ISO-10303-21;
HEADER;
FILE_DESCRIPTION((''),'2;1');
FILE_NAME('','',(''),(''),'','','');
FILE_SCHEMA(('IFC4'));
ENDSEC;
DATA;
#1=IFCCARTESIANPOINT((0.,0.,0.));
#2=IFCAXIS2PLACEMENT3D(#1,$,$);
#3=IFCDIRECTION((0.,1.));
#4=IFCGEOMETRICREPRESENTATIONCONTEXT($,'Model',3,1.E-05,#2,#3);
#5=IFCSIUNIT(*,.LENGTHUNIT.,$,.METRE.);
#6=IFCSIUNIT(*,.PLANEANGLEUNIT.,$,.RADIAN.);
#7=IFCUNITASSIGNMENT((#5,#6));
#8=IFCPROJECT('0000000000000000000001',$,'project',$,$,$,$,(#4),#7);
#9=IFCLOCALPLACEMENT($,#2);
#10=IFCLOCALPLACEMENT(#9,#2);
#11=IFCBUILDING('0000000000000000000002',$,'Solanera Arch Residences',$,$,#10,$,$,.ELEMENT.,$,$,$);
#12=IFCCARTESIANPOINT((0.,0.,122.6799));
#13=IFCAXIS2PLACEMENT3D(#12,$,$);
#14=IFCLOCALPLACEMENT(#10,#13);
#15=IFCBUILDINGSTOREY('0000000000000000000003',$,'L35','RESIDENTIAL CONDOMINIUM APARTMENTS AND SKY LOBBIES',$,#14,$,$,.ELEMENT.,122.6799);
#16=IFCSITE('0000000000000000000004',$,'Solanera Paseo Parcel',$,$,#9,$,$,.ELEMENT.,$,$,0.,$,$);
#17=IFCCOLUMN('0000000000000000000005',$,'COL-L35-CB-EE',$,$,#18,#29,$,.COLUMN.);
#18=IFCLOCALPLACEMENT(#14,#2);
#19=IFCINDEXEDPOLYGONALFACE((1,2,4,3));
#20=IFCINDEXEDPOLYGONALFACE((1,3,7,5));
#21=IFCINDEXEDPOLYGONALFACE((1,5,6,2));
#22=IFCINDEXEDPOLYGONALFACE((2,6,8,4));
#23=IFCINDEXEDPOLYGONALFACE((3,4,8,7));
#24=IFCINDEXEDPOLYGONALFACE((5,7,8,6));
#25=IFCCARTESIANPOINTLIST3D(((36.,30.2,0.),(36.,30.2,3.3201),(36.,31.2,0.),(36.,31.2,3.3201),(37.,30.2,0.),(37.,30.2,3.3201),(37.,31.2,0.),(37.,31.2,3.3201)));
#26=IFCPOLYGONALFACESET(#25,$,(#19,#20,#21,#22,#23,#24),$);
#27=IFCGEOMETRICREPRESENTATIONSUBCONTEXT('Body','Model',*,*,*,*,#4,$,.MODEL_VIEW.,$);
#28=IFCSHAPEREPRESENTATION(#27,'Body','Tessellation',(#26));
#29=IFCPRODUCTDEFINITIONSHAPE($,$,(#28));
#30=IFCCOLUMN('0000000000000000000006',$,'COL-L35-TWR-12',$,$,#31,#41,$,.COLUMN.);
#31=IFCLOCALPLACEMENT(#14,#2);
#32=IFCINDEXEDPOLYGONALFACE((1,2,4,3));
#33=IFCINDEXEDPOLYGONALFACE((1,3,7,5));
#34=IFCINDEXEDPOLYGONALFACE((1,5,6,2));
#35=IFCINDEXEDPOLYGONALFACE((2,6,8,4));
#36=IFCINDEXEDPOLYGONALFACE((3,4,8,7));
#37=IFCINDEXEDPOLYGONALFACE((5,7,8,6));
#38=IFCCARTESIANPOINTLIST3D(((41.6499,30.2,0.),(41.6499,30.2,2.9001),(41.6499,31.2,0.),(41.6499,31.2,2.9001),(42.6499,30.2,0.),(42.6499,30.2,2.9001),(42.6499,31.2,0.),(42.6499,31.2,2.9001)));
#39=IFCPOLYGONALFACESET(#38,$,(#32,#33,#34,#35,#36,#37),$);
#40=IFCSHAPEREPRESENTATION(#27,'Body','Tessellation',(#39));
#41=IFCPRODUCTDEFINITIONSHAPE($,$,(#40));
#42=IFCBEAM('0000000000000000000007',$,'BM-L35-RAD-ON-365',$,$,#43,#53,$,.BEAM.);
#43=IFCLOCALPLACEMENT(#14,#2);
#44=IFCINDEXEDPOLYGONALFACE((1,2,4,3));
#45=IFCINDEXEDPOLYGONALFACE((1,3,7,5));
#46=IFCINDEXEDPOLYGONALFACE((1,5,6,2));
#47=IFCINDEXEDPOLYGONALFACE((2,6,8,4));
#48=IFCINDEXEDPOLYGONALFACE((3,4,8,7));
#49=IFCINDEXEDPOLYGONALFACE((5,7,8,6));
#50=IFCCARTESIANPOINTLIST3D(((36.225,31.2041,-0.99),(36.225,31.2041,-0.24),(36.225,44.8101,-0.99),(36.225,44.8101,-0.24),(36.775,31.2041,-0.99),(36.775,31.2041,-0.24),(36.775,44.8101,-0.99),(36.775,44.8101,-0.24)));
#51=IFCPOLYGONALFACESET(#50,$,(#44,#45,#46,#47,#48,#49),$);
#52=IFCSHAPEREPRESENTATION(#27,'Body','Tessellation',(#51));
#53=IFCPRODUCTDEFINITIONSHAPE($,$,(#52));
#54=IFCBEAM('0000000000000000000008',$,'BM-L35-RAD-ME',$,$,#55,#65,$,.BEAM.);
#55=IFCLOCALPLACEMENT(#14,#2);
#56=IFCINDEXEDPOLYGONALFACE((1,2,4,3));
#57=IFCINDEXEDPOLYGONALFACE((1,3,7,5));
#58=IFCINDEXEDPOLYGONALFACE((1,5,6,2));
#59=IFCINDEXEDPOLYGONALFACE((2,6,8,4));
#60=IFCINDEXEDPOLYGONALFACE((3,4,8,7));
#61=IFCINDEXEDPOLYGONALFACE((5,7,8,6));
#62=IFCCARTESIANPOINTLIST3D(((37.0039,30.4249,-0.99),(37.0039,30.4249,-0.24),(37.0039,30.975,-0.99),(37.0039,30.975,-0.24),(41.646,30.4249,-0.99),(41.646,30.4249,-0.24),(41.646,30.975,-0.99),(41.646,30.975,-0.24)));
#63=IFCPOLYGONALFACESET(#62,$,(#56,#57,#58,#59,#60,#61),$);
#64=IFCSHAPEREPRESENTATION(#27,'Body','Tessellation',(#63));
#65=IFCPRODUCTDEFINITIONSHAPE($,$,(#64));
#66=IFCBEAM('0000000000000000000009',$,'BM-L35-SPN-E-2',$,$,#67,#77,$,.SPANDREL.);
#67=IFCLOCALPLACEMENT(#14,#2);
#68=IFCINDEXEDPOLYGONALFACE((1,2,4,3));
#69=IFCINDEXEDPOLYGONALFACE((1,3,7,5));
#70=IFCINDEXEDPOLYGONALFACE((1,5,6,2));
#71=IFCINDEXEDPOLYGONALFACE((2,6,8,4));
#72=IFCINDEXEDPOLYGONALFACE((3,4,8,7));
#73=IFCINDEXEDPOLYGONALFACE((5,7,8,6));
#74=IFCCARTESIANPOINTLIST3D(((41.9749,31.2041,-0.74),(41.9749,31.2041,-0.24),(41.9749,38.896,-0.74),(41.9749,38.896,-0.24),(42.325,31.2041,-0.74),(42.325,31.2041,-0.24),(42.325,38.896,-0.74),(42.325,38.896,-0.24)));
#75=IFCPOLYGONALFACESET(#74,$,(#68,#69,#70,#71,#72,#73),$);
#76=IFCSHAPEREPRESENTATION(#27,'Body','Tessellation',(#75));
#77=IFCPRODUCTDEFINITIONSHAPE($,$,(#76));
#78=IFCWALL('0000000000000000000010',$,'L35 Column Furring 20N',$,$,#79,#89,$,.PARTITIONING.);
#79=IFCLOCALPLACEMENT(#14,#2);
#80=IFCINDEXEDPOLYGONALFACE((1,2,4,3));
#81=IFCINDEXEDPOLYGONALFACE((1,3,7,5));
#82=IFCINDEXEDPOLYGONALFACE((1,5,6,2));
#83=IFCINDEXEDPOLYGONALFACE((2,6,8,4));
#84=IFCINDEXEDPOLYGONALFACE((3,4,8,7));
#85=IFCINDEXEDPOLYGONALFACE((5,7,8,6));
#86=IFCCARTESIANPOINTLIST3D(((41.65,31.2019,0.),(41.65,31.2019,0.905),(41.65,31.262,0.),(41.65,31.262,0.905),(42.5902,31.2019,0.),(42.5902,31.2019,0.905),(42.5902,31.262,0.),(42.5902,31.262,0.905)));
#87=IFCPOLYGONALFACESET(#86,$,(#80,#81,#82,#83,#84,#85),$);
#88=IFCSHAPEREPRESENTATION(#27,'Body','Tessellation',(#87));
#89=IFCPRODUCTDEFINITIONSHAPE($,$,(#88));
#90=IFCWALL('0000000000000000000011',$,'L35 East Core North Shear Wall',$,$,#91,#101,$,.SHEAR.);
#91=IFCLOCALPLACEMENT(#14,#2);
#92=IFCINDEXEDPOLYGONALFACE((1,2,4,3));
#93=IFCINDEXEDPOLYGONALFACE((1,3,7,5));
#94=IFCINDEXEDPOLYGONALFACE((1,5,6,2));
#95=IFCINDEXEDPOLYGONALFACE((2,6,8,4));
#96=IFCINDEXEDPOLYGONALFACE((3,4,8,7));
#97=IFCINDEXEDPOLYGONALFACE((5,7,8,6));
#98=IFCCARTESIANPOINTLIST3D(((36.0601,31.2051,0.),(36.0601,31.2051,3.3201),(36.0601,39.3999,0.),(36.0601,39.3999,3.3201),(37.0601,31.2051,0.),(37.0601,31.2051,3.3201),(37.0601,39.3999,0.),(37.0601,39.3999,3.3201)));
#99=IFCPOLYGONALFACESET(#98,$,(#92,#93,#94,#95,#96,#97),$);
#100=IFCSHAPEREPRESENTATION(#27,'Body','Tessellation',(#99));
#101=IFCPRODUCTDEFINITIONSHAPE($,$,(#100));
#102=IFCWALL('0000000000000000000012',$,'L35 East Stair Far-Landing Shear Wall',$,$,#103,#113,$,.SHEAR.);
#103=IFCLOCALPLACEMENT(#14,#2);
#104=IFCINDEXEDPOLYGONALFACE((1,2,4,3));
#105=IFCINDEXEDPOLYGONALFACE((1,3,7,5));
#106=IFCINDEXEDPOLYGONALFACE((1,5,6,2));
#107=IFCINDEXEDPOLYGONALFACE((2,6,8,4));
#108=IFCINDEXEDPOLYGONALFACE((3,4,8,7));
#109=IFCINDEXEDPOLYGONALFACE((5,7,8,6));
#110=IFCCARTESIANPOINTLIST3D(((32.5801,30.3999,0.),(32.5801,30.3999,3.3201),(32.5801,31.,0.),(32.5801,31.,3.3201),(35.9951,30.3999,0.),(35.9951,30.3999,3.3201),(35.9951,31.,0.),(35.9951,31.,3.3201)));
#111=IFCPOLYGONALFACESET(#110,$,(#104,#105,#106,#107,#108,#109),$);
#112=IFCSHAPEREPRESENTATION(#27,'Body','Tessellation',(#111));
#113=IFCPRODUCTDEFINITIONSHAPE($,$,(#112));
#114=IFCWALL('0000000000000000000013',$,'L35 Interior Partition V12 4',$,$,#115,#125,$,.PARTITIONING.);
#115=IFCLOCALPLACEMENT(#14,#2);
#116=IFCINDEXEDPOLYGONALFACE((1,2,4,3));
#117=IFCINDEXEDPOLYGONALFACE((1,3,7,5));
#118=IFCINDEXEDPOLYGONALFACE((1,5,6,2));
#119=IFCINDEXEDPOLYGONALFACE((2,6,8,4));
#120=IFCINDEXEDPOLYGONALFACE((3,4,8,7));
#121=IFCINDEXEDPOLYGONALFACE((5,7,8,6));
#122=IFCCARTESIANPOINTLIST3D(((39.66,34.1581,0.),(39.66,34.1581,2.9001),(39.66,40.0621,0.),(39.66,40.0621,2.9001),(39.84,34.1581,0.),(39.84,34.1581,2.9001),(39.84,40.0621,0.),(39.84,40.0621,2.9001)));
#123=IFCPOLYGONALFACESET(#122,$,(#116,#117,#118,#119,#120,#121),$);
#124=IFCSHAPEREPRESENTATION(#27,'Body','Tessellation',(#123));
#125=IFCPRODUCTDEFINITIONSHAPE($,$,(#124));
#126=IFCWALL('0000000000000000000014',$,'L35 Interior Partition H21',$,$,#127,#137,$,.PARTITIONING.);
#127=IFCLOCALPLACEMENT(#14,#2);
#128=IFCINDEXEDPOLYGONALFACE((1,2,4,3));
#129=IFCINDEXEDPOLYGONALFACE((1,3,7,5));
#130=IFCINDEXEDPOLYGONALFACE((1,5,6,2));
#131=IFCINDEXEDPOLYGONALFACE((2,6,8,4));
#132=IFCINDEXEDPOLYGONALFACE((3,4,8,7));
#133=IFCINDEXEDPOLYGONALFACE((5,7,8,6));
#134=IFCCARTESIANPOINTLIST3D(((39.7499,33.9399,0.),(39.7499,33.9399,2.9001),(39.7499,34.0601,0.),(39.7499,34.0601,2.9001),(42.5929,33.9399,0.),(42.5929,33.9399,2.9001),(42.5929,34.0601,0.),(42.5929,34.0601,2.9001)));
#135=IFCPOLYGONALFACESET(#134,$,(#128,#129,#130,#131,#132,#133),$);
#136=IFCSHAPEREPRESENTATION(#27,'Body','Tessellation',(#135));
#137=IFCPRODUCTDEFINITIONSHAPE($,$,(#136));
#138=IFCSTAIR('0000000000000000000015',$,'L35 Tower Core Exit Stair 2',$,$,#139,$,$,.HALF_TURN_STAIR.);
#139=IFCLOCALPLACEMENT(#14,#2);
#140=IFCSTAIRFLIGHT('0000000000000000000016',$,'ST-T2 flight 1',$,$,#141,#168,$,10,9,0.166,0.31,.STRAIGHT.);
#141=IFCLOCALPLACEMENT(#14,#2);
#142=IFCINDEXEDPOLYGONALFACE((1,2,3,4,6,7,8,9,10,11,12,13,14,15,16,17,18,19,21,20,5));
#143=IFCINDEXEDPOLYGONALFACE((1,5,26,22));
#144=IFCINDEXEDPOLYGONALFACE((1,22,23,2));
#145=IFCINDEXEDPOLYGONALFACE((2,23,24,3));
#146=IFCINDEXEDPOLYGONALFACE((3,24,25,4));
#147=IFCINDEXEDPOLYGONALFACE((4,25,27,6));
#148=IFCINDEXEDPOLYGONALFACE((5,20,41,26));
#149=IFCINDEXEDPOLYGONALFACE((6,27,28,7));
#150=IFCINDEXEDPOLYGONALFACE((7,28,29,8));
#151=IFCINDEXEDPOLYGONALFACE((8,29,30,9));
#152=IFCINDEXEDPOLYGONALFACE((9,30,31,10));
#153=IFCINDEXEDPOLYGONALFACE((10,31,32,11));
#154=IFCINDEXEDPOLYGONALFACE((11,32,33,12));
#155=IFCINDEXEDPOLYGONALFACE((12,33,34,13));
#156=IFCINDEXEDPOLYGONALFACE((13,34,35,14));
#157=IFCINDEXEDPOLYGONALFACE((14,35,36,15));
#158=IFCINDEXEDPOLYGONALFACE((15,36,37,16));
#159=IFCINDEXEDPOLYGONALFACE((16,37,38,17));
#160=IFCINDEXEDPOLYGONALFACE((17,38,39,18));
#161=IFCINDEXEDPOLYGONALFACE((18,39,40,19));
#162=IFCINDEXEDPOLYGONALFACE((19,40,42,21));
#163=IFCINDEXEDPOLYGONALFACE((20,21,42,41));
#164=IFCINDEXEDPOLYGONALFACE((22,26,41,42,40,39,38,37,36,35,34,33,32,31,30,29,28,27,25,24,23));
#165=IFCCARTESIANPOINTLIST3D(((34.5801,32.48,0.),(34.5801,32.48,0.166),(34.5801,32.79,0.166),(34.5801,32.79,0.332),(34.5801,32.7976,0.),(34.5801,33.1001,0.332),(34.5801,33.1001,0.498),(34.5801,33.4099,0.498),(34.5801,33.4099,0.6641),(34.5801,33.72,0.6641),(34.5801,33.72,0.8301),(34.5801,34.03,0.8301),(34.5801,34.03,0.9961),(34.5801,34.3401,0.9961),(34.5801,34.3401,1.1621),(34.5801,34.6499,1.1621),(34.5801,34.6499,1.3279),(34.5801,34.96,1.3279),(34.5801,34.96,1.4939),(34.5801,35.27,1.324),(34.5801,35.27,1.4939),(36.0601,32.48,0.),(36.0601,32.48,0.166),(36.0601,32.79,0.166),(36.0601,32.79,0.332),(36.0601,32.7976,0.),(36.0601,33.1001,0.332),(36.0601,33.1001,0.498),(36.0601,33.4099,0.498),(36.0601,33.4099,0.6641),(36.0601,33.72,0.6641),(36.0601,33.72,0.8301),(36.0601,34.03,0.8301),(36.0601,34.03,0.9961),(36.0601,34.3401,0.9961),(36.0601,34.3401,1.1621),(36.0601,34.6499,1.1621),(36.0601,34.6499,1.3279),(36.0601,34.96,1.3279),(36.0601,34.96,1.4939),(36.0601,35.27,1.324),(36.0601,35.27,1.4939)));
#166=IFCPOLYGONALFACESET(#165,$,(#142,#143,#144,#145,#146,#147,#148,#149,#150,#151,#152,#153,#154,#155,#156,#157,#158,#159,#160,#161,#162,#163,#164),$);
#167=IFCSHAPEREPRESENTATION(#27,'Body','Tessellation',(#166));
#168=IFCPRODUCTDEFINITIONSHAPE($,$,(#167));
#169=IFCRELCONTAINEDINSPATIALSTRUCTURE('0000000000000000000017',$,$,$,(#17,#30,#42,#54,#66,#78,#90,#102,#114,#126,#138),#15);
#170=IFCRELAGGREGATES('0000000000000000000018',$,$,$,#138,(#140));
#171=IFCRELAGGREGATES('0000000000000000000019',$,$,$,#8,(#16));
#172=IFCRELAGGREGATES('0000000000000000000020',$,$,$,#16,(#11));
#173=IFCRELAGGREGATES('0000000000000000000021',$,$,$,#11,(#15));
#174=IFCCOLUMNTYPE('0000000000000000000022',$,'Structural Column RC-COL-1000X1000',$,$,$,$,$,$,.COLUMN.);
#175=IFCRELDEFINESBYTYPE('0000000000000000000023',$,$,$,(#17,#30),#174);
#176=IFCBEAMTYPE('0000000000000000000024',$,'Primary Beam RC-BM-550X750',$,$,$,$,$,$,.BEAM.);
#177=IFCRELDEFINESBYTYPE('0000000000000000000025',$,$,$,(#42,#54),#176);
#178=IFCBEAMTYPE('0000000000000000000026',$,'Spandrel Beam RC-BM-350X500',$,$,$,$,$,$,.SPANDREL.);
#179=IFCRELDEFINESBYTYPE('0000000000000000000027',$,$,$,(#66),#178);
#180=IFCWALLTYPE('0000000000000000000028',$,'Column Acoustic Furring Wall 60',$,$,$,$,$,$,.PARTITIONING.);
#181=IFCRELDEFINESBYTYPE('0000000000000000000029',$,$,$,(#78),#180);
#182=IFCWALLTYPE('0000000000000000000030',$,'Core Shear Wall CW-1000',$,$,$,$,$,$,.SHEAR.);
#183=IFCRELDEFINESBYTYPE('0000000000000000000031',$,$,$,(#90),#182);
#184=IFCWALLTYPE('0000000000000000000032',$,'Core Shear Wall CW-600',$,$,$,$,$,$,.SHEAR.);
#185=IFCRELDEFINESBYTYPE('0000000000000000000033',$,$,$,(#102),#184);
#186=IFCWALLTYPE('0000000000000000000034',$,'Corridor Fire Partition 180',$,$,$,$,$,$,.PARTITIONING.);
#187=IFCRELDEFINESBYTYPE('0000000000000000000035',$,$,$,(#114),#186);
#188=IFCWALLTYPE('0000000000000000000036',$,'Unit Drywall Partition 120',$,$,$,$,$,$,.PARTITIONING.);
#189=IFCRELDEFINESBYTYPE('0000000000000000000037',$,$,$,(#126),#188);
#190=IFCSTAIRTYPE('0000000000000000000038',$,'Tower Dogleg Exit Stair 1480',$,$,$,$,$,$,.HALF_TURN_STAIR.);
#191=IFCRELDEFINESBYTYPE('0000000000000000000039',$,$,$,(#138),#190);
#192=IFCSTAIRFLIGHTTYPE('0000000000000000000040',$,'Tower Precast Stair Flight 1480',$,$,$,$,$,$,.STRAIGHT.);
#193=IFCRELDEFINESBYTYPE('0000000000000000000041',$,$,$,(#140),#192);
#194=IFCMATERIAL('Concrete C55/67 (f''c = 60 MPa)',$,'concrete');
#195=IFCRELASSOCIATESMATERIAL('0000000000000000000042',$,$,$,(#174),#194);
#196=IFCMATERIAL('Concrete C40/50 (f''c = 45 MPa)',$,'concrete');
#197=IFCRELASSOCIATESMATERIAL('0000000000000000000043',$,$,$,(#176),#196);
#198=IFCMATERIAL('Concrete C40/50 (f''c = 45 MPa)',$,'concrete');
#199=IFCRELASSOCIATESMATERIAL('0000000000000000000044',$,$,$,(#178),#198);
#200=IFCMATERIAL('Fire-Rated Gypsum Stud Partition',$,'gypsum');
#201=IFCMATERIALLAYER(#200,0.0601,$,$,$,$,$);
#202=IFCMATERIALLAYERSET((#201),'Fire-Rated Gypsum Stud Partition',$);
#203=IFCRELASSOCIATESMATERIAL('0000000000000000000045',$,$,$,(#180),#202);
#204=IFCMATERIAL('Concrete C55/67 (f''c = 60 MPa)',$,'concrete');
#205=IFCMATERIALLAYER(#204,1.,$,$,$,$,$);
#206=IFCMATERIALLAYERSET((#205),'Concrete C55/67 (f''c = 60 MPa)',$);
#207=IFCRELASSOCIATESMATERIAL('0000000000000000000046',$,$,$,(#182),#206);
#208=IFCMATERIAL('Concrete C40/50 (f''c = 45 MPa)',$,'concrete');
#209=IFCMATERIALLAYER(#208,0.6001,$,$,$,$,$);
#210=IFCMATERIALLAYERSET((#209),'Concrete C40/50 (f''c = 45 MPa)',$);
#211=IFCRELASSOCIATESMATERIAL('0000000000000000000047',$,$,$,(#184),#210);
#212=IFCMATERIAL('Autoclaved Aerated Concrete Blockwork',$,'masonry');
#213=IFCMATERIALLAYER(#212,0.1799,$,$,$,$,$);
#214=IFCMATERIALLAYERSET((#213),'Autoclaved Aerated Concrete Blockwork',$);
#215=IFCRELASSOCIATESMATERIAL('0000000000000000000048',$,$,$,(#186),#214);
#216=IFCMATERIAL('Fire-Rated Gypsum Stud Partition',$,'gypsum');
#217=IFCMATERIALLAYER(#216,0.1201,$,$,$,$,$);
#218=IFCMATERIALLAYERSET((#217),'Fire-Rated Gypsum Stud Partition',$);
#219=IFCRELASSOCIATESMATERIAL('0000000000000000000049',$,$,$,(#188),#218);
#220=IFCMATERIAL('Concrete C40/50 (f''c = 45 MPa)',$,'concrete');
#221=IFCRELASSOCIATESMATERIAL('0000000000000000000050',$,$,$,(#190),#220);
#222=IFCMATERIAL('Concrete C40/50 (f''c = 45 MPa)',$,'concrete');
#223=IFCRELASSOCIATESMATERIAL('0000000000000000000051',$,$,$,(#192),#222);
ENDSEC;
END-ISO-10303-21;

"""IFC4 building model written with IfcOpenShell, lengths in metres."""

from ifc_helpers import new_model, si_unit, direction, frame, frame_2d, origin, origin_2d, place, context, subcontext, project, spatial, polyline, rectangle, outline, extrude, material, layer, layer_set, material_profile, profile_set, type_object, element, aggregate, save


model = new_model("IFC4")

# Units and contexts
model_context = context("Model", 3, precision=1e-05, world=origin(), true_north=direction((0.0, 1.0)))
body_context = subcontext(model_context, "Body", "Model", "MODEL_VIEW")
ifc_project = project(units=[si_unit("LENGTHUNIT", "METRE"), si_unit("PLANEANGLEUNIT", "RADIAN")], contexts=[model_context])

# Site, building, storey
site_placement = place(None, origin())
site = spatial("IfcSite", under=ifc_project, at=site_placement, Name="Solanera Paseo Parcel", CompositionType="ELEMENT", RefElevation=0.0)
building_placement = place(site_placement, origin())
building = spatial("IfcBuilding", under=site, at=building_placement, Name="Solanera Arch Residences", CompositionType="ELEMENT")
storey_placement = place(building_placement, frame((0.0, 0.0, 122.6799)))
storey = spatial("IfcBuildingStorey", under=building, at=storey_placement, Name="L35", Description="RESIDENTIAL CONDOMINIUM APARTMENTS AND SKY LOBBIES", CompositionType="ELEMENT", Elevation=122.6799)

# Columns
ifc_material_1 = material(Name="Concrete C55/67 (f'c = 60 MPa)", Category="concrete")
ifc_material_profile_1 = material_profile(ifc_material_1, rectangle(XDim=1.0, YDim=1.0, at=origin_2d()))
ifc_profile_set_1 = profile_set([ifc_material_profile_1], Name="Concrete C55/67 (f'c = 60 MPa)")
column_type = type_object("IfcColumnType", Name="Structural Column RC-COL-1000X1000", PredefinedType="COLUMN", material=ifc_profile_set_1)
column_1_placement = place(storey_placement, frame((36.5, 30.7, 0.0), z_axis=(0.0, 0.0, 1.0), x_axis=(1.0, 0.0, 0.0)))
element("IfcColumn", 1, at=column_1_placement, inside=storey, type_object=column_type, Name="COL-L35-CB-EE", PredefinedType="COLUMN", context=body_context, shape_type="SweptSolid", body=[
    extrude(rectangle(XDim=1.0, YDim=1.0, at=origin_2d()), origin(), (0.0, 0.0, 1.0), 3.3201),
])
column_2_placement = place(storey_placement, frame((42.1499, 30.7, 0.0), z_axis=(0.0, 0.0, 1.0), x_axis=(1.0, 0.0, 0.0)))
element("IfcColumn", 2, at=column_2_placement, inside=storey, type_object=column_type, Name="COL-L35-TWR-12", PredefinedType="COLUMN", context=body_context, shape_type="SweptSolid", body=[
    extrude(rectangle(XDim=1.0, YDim=1.0, at=origin_2d()), origin(), (0.0, 0.0, 1.0), 2.9001),
])

# Beams
ifc_material_2 = material(Name="Concrete C40/50 (f'c = 45 MPa)", Category="concrete")
ifc_material_profile_2 = material_profile(ifc_material_2, rectangle(XDim=0.55, YDim=0.75, at=origin_2d()))
ifc_profile_set_2 = profile_set([ifc_material_profile_2], Name="Concrete C40/50 (f'c = 45 MPa)")
beam_type_1 = type_object("IfcBeamType", Name="Primary Beam RC-BM-550X750", PredefinedType="BEAM", material=ifc_profile_set_2)
beam_1_placement = place(storey_placement, frame((36.5, 31.2041, -0.615), z_axis=(0.0, 1.0, 0.0), x_axis=(-1.0, 0.0, 0.0)))
element("IfcBeam", 3, at=beam_1_placement, inside=storey, type_object=beam_type_1, Name="BM-L35-RAD-ON-365", PredefinedType="BEAM", context=body_context, shape_type="SweptSolid", body=[
    extrude(rectangle(XDim=0.55, YDim=0.75, at=origin_2d()), origin(), (0.0, 0.0, 1.0), 13.606),
])
beam_2_placement = place(storey_placement, frame((37.0039, 30.7, -0.615), z_axis=(1.0, 0.0, 0.0), x_axis=(0.0, 1.0, 0.0)))
element("IfcBeam", 4, at=beam_2_placement, inside=storey, type_object=beam_type_1, Name="BM-L35-RAD-ME", PredefinedType="BEAM", context=body_context, shape_type="SweptSolid", body=[
    extrude(rectangle(XDim=0.55, YDim=0.75, at=origin_2d()), origin(), (0.0, 0.0, 1.0), 4.6421),
])
ifc_material_3 = material(Name="Concrete C40/50 (f'c = 45 MPa)", Category="concrete")
ifc_material_profile_3 = material_profile(ifc_material_3, rectangle(XDim=0.3501, YDim=0.5, at=origin_2d()))
ifc_profile_set_3 = profile_set([ifc_material_profile_3], Name="Concrete C40/50 (f'c = 45 MPa)")
beam_type_2 = type_object("IfcBeamType", Name="Spandrel Beam RC-BM-350X500", PredefinedType="SPANDREL", material=ifc_profile_set_3)
beam_3_placement = place(storey_placement, frame((42.1499, 31.2041, -0.49), z_axis=(0.0, 1.0, 0.0), x_axis=(-1.0, 0.0, 0.0)))
element("IfcBeam", 5, at=beam_3_placement, inside=storey, type_object=beam_type_2, Name="BM-L35-SPN-E-2", PredefinedType="SPANDREL", context=body_context, shape_type="SweptSolid", body=[
    extrude(rectangle(XDim=0.3501, YDim=0.5, at=origin_2d()), origin(), (0.0, 0.0, 1.0), 7.6919),
])

# Walls
ifc_material_4 = material(Name="Fire-Rated Gypsum Stud Partition", Category="gypsum")
ifc_layer_1 = layer(ifc_material_4, 0.0601)
ifc_layer_set_1 = layer_set([ifc_layer_1], Name="Fire-Rated Gypsum Stud Partition")
wall_type_1 = type_object("IfcWallType", Name="Column Acoustic Furring Wall 60", PredefinedType="PARTITIONING", material=ifc_layer_set_1)
wall_1_placement = place(storey_placement, frame((41.6499, 31.2319, 0.0), z_axis=(0.0, 0.0, 1.0), x_axis=(1.0, 0.0, 0.0)))
element("IfcWall", 6, at=wall_1_placement, inside=storey, type_object=wall_type_1, Name="L35 Column Furring 20N", PredefinedType="PARTITIONING", context=body_context, shape_type="SweptSolid", body=[
    extrude(rectangle(XDim=0.9402, YDim=0.0601, at=frame_2d((0.4702, 0.0))), origin(), (0.0, 0.0, 1.0), 0.905),
])
ifc_material_5 = material(Name="Concrete C55/67 (f'c = 60 MPa)", Category="concrete")
ifc_layer_2 = layer(ifc_material_5, 1.0)
ifc_layer_set_2 = layer_set([ifc_layer_2], Name="Concrete C55/67 (f'c = 60 MPa)")
wall_type_2 = type_object("IfcWallType", Name="Core Shear Wall CW-1000", PredefinedType="SHEAR", material=ifc_layer_set_2)
wall_2_placement = place(storey_placement, frame((36.5601, 31.2051, 0.0), z_axis=(0.0, 0.0, 1.0), x_axis=(0.0, 1.0, 0.0)))
element("IfcWall", 7, at=wall_2_placement, inside=storey, type_object=wall_type_2, Name="L35 East Core North Shear Wall", PredefinedType="SHEAR", context=body_context, shape_type="SweptSolid", body=[
    extrude(rectangle(XDim=8.1948, YDim=1.0, at=frame_2d((4.0974, 0.0))), origin(), (0.0, 0.0, 1.0), 3.3201),
])

# Walls
ifc_material_6 = material(Name="Concrete C40/50 (f'c = 45 MPa)", Category="concrete")
ifc_layer_3 = layer(ifc_material_6, 0.6001)
ifc_layer_set_3 = layer_set([ifc_layer_3], Name="Concrete C40/50 (f'c = 45 MPa)")
wall_type_3 = type_object("IfcWallType", Name="Core Shear Wall CW-600", PredefinedType="SHEAR", material=ifc_layer_set_3)
wall_3_placement = place(storey_placement, frame((32.5801, 30.7, 0.0), z_axis=(0.0, 0.0, 1.0), x_axis=(1.0, 0.0, 0.0)))
element("IfcWall", 8, at=wall_3_placement, inside=storey, type_object=wall_type_3, Name="L35 East Stair Far-Landing Shear Wall", PredefinedType="SHEAR", context=body_context, shape_type="SweptSolid", body=[
    extrude(rectangle(XDim=3.415, YDim=0.6001, at=frame_2d((1.7075, 0.0))), origin(), (0.0, 0.0, 1.0), 3.3201),
])
ifc_material_7 = material(Name="Autoclaved Aerated Concrete Blockwork", Category="masonry")
ifc_layer_4 = layer(ifc_material_7, 0.1799)
ifc_layer_set_4 = layer_set([ifc_layer_4], Name="Autoclaved Aerated Concrete Blockwork")
wall_type_4 = type_object("IfcWallType", Name="Corridor Fire Partition 180", PredefinedType="PARTITIONING", material=ifc_layer_set_4)
wall_4_placement = place(storey_placement, frame((39.75, 34.158, 0.0), z_axis=(0.0, 0.0, 1.0), x_axis=(0.0, 1.0, 0.0)))
element("IfcWall", 9, at=wall_4_placement, inside=storey, type_object=wall_type_4, Name="L35 Interior Partition V12 4", PredefinedType="PARTITIONING", context=body_context, shape_type="SweptSolid", body=[
    extrude(rectangle(XDim=5.9041, YDim=0.1799, at=frame_2d((2.9521, 0.0))), origin(), (0.0, 0.0, 1.0), 2.9001),
])
ifc_material_8 = material(Name="Fire-Rated Gypsum Stud Partition", Category="gypsum")
ifc_layer_5 = layer(ifc_material_8, 0.1201)
ifc_layer_set_5 = layer_set([ifc_layer_5], Name="Fire-Rated Gypsum Stud Partition")
wall_type_5 = type_object("IfcWallType", Name="Unit Drywall Partition 120", PredefinedType="PARTITIONING", material=ifc_layer_set_5)
wall_5_placement = place(storey_placement, frame((39.75, 34.0, 0.0), z_axis=(0.0, 0.0, 1.0), x_axis=(1.0, 0.0, 0.0)))
element("IfcWall", 10, at=wall_5_placement, inside=storey, type_object=wall_type_5, Name="L35 Interior Partition H21", PredefinedType="PARTITIONING", context=body_context, shape_type="SweptSolid", body=[
    extrude(rectangle(XDim=2.843, YDim=0.1201, at=frame_2d((1.4214, 0.0))), origin(), (0.0, 0.0, 1.0), 2.9001),
])

# Stair, stair flight
ifc_material_9 = material(Name="Concrete C40/50 (f'c = 45 MPa)", Category="concrete")
stair_type = type_object("IfcStairType", Name="Tower Dogleg Exit Stair 1480", PredefinedType="HALF_TURN_STAIR", material=ifc_material_9)
stair_placement = place(storey_placement, origin())
stair = element("IfcStair", 11, at=stair_placement, inside=storey, type_object=stair_type, Name="L35 Tower Core Exit Stair 2", PredefinedType="HALF_TURN_STAIR")
ifc_material_10 = material(Name="Concrete C40/50 (f'c = 45 MPa)", Category="concrete")
stair_flight_type = type_object("IfcStairFlightType", Name="Tower Precast Stair Flight 1480", PredefinedType="STRAIGHT", material=ifc_material_10)
stair_flight_1_placement = place(storey_placement, frame((35.3201, 32.48, 0.0), z_axis=(0.0, 0.0, 1.0), x_axis=(0.0, 1.0, 0.0)))
stair_flight_1 = element("IfcStairFlight", 12, at=stair_flight_1_placement, type_object=stair_flight_type, Name="ST-T2 flight 1", NumberOfRisers=10, NumberOfTreads=9, PredefinedType="STRAIGHT", RiserHeight=0.166, TreadLength=0.31, context=body_context, shape_type="SweptSolid", body=[
    extrude(outline(polyline([(0.0, 0.0), (0.0, 0.166), (0.3101, 0.166), (0.3101, 0.332), (0.6201, 0.332), (0.6201, 0.498), (0.9299, 0.498), (0.9299, 0.6641), (1.24, 0.6641), (1.24, 0.8301), (1.55, 0.8301), (1.55, 0.9961), (1.8601, 0.9961), (1.8601, 1.1621), (2.1699, 1.1621), (2.1699, 1.3279), (2.48, 1.3279), (2.48, 1.4939), (2.79, 1.4939), (2.79, 1.6599), (2.79, 1.324), (0.3176, 0.0), (0.0, 0.0)])), frame((0.0, 0.74, 0.0), z_axis=(0.0, -1.0, 0.0), x_axis=(1.0, 0.0, 0.0)), (0.0, 0.0, 1.0), 1.48),
])
aggregate(stair, [stair_flight_1])

save(model, "model.ifc")
